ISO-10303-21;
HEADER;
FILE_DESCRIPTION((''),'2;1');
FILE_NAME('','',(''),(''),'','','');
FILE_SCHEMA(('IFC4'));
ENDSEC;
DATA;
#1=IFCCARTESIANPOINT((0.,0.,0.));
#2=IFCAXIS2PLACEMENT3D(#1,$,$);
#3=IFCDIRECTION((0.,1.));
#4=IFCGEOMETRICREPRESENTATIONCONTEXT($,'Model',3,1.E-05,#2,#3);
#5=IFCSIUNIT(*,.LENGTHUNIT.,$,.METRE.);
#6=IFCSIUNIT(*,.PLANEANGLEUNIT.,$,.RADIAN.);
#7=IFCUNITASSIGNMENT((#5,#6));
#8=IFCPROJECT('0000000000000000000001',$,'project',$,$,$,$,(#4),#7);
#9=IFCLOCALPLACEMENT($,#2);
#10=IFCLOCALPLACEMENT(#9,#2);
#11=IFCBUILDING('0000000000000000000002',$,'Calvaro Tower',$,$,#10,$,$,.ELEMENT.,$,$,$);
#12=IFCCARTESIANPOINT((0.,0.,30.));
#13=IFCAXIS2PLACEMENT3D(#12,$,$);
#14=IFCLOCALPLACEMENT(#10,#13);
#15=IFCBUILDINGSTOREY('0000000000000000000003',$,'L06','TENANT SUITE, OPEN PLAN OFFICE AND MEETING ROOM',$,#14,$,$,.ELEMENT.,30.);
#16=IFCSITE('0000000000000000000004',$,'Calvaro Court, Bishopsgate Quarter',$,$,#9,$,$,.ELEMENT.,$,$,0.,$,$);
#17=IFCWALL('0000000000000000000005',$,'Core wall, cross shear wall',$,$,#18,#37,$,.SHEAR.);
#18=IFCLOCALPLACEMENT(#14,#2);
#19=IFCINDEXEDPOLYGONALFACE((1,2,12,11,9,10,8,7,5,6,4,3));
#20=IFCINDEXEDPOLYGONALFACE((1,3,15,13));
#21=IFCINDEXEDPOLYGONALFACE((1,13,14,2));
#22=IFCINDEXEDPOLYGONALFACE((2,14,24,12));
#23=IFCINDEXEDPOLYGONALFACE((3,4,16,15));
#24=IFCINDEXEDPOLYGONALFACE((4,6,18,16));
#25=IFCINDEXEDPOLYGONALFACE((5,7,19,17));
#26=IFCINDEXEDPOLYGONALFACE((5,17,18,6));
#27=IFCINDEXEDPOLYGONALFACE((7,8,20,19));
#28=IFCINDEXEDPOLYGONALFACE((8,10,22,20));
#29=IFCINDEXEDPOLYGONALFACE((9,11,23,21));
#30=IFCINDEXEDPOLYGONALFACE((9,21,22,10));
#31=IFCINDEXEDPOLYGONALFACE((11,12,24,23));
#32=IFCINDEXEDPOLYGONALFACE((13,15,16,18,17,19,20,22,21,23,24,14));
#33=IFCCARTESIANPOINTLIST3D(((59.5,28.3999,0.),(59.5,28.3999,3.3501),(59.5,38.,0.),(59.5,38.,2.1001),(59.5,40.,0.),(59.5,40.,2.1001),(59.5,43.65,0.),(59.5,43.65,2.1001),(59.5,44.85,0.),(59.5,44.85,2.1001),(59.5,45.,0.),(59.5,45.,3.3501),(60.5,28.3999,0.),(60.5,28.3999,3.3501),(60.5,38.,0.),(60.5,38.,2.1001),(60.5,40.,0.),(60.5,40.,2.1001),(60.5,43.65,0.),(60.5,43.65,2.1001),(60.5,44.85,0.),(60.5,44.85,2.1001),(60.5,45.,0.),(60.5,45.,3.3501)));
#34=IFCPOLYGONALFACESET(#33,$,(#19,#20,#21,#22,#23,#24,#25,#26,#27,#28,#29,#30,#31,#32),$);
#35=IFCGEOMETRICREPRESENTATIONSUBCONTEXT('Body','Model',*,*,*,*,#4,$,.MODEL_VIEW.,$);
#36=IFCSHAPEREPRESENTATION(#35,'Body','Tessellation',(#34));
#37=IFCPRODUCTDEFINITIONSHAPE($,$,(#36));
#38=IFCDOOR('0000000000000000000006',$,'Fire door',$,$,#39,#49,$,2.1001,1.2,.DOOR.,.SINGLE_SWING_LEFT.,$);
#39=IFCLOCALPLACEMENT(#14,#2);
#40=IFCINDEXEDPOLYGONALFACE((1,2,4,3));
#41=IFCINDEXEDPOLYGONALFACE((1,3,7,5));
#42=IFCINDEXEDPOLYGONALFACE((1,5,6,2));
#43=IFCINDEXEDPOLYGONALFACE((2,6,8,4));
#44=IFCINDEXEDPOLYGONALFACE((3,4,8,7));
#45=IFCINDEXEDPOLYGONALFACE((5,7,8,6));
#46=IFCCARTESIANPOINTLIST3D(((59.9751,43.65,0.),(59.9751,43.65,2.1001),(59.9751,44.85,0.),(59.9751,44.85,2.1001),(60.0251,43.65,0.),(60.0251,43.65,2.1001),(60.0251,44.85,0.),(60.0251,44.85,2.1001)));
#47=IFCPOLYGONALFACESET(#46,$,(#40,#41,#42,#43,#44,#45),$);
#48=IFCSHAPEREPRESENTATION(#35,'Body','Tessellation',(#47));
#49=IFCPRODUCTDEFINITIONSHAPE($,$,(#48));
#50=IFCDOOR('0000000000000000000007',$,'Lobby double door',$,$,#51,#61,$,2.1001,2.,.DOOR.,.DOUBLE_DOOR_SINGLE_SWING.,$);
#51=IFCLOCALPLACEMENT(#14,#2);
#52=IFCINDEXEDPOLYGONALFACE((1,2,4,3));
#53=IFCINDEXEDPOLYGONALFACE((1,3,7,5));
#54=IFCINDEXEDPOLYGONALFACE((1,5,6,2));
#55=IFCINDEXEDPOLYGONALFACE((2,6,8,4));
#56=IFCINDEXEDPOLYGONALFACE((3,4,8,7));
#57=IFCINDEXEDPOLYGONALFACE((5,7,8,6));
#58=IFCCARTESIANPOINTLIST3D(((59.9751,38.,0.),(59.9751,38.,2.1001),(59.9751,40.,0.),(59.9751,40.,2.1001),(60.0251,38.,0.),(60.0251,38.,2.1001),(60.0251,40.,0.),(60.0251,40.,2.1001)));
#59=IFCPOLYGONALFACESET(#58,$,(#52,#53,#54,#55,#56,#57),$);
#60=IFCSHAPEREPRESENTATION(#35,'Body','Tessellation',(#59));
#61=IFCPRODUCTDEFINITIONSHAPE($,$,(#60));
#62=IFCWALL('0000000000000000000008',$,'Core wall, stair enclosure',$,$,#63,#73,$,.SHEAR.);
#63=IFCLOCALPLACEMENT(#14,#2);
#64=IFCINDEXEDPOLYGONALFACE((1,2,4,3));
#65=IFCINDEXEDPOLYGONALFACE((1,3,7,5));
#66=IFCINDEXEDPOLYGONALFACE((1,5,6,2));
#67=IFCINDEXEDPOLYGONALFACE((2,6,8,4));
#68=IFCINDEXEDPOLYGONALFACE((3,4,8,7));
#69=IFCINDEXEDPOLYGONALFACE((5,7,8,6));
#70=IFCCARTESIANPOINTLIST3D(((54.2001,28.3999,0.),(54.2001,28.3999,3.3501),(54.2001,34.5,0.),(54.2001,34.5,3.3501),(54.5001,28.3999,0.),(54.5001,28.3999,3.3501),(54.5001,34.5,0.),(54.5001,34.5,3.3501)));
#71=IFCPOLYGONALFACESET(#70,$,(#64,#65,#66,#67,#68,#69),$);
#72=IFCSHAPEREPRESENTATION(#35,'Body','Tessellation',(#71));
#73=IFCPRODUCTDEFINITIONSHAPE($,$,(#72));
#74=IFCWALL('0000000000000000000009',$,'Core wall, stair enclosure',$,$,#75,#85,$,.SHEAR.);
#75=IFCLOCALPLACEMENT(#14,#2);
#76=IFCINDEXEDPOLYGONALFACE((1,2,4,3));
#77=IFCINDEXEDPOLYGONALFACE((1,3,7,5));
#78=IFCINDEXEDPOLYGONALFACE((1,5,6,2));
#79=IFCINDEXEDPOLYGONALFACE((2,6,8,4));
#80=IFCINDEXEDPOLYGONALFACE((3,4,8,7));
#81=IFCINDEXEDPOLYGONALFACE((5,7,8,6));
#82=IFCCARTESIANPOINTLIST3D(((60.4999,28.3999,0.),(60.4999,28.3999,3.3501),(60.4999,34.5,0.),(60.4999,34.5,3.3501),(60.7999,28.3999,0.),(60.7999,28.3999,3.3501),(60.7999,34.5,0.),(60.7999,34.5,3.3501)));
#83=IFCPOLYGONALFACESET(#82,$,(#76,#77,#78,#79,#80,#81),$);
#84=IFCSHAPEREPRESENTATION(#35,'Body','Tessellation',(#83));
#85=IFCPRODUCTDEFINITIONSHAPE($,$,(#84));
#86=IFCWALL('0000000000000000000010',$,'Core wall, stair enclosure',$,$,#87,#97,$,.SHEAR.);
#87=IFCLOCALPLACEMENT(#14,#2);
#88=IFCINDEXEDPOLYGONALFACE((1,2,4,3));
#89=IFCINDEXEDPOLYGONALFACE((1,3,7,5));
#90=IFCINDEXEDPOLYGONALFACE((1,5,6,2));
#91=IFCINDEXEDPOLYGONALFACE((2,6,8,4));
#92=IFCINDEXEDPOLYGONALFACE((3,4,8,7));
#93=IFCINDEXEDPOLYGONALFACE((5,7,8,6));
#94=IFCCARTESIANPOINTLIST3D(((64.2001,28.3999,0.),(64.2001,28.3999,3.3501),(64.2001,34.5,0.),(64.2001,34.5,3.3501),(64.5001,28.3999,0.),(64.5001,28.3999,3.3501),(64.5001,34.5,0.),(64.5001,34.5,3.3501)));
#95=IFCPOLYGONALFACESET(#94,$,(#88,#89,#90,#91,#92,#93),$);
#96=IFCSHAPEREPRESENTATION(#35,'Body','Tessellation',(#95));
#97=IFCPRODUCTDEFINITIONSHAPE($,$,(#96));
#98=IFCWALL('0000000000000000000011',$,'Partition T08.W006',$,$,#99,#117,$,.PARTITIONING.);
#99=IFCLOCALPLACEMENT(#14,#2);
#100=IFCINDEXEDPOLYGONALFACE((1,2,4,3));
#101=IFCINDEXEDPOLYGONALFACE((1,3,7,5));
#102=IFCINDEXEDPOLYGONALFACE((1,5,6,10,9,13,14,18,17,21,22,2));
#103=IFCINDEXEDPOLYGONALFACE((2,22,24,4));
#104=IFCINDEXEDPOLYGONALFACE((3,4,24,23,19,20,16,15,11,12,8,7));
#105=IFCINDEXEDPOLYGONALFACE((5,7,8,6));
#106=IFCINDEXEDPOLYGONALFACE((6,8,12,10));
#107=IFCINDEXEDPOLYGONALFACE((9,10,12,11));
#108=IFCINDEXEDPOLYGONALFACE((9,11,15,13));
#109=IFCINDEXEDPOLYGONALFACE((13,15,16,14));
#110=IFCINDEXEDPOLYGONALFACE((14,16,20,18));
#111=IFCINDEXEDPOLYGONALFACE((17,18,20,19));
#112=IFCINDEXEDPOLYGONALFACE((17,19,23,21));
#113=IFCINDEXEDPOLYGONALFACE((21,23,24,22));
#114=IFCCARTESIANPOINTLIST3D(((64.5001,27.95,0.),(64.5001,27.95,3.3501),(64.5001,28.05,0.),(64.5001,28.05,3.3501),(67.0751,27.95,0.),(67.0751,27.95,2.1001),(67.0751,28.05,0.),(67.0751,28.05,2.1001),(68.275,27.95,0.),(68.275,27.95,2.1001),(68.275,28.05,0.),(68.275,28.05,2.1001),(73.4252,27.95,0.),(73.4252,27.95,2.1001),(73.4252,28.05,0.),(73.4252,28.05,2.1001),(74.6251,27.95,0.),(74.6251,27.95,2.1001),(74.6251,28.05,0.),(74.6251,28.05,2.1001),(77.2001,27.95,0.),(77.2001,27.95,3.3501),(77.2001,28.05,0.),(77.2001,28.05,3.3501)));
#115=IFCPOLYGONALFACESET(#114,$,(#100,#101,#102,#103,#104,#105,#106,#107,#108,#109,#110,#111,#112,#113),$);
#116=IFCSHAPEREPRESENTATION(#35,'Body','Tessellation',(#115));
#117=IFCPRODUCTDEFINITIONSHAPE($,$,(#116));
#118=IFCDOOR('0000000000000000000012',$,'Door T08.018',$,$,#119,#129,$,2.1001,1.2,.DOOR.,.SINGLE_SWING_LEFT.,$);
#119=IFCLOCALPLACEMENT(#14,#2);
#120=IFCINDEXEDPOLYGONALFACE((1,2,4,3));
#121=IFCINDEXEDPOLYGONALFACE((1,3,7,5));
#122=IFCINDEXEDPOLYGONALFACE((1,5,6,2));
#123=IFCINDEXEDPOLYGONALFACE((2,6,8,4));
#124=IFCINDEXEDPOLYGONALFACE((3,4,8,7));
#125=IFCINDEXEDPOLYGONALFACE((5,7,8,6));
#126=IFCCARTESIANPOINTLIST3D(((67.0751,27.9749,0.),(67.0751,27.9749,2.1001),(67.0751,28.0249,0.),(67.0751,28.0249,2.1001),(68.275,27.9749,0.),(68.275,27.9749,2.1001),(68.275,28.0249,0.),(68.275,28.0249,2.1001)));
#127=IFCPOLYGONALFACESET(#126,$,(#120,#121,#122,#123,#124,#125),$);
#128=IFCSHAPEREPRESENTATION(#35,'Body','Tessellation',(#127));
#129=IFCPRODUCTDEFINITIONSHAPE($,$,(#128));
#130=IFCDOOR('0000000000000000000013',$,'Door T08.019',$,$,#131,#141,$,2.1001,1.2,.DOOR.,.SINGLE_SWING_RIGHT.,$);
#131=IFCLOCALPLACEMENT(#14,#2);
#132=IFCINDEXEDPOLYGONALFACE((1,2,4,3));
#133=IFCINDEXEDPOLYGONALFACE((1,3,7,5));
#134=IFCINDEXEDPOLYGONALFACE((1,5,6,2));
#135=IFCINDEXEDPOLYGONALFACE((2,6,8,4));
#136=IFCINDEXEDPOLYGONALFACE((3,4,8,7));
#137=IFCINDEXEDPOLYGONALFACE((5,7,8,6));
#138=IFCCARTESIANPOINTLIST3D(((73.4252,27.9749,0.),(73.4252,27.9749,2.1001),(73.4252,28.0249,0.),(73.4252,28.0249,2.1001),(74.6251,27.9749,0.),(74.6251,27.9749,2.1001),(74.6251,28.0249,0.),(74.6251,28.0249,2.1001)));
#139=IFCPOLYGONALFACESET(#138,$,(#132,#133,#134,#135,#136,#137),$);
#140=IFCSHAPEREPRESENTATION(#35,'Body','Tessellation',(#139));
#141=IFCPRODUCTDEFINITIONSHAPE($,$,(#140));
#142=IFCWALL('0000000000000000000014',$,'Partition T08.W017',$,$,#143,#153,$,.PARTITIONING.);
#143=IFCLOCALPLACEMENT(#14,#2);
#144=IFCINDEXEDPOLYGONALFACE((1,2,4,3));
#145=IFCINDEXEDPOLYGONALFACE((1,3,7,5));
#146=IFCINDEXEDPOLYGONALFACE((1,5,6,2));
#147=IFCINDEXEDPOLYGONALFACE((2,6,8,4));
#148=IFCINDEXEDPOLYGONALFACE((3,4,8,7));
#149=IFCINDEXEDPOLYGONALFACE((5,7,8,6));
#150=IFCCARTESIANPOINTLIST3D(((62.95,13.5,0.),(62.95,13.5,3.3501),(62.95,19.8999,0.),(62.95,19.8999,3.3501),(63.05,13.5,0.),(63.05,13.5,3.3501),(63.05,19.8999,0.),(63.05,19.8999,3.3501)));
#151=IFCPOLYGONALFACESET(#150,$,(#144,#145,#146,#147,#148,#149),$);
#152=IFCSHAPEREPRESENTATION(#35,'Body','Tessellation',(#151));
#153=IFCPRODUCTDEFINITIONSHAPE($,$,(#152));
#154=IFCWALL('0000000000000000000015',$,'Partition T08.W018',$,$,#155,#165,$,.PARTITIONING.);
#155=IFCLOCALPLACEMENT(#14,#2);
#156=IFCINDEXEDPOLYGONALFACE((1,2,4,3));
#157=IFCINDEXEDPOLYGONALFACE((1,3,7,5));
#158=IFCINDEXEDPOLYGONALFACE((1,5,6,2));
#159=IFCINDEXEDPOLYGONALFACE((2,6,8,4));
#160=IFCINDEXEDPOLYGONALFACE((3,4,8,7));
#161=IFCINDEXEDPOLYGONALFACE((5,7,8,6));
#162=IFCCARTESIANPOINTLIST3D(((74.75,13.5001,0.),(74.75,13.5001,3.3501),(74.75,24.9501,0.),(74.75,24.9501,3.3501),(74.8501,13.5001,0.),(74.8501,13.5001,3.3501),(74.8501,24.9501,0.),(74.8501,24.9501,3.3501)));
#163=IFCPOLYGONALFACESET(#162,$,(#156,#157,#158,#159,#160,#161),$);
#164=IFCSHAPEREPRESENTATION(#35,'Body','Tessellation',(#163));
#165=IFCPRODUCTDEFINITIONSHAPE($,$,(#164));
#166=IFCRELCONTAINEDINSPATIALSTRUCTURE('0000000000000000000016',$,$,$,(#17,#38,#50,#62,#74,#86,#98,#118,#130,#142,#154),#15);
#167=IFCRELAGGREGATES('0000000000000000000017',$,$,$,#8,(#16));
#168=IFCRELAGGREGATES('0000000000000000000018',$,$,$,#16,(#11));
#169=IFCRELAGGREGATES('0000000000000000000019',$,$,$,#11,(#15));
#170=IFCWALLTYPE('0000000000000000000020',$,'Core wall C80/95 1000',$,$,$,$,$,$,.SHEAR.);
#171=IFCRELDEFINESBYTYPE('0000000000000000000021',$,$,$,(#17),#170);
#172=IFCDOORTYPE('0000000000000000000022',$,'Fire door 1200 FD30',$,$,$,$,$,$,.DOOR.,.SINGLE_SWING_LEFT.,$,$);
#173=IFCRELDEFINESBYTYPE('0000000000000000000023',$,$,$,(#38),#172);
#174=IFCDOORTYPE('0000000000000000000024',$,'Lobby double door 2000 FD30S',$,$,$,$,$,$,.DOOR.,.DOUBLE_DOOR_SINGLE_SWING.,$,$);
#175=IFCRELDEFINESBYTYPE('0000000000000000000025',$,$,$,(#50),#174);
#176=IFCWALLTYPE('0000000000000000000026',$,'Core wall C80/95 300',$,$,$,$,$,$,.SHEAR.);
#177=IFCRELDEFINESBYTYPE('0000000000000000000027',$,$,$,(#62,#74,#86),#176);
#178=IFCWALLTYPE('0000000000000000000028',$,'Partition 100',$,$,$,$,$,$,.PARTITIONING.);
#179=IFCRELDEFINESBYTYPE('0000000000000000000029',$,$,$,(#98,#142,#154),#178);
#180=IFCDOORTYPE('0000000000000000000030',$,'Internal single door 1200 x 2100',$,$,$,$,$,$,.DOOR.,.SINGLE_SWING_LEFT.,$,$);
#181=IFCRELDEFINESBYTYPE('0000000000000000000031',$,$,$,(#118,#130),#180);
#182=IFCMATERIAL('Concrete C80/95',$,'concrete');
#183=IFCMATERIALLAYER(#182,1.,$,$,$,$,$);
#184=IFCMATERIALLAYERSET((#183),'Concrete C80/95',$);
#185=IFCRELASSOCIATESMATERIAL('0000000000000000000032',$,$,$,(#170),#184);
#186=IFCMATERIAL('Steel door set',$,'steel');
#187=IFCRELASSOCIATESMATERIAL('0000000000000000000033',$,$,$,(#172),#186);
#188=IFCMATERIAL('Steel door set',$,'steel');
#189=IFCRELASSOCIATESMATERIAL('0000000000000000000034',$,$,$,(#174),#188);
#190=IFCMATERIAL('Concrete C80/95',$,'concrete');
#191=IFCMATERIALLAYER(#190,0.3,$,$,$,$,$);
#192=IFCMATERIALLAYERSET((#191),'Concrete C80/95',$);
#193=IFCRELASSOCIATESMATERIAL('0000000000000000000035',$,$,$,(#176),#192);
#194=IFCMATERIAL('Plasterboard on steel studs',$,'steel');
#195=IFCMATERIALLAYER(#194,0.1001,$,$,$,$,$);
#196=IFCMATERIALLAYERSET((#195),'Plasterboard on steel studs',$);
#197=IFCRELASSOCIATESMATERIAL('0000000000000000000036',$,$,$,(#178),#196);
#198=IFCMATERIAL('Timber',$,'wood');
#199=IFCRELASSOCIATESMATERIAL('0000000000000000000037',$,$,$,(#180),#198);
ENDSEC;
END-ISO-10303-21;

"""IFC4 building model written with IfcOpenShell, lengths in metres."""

from ifc_helpers import new_model, si_unit, direction, frame, frame_2d, origin, place, context, subcontext, project, spatial, rectangle, extrude, material, layer, layer_set, type_object, element, fill, save


model = new_model("IFC4")

# Units and contexts
model_context = context("Model", 3, precision=1e-05, world=origin(), true_north=direction((0.0, 1.0)))
body_context = subcontext(model_context, "Body", "Model", "MODEL_VIEW")
ifc_project = project(units=[si_unit("LENGTHUNIT", "METRE"), si_unit("PLANEANGLEUNIT", "RADIAN")], contexts=[model_context])

# Site, building, storey
site_placement = place(None, origin())
site = spatial("IfcSite", under=ifc_project, at=site_placement, Name="Calvaro Court, Bishopsgate Quarter", CompositionType="ELEMENT", RefElevation=0.0)
building_placement = place(site_placement, origin())
building = spatial("IfcBuilding", under=site, at=building_placement, Name="Calvaro Tower", CompositionType="ELEMENT")
storey_placement = place(building_placement, frame((0.0, 0.0, 30.0)))
storey = spatial("IfcBuildingStorey", under=building, at=storey_placement, Name="L06", Description="TENANT SUITE, OPEN PLAN OFFICE AND MEETING ROOM", CompositionType="ELEMENT", Elevation=30.0)

# Wall, openings, doors
ifc_material_1 = material(Name="Concrete C80/95", Category="concrete")
ifc_layer_1 = layer(ifc_material_1, 1.0)
ifc_layer_set_1 = layer_set([ifc_layer_1], Name="Concrete C80/95")
wall_type_1 = type_object("IfcWallType", Name="Core wall C80/95 1000", PredefinedType="SHEAR", material=ifc_layer_set_1)
wall_1_placement = place(storey_placement, frame((60.0, 28.3999, 0.0), z_axis=(0.0, 0.0, 1.0), x_axis=(0.0, 1.0, 0.0)))
wall_1 = element("IfcWall", 1, at=wall_1_placement, inside=storey, type_object=wall_type_1, Name="Core wall, cross shear wall", PredefinedType="SHEAR", context=body_context, shape_type="SweptSolid", body=[
    extrude(rectangle(XDim=16.6001, YDim=1.0, at=frame_2d((8.3, 0.0))), origin(), (0.0, 0.0, 1.0), 3.3501),
])
opening_1_placement = place(wall_1_placement, frame((9.6001, 0.0, 0.0)))
opening_1 = element("IfcOpeningElement", 2, at=opening_1_placement, cuts=wall_1, PredefinedType="OPENING", context=body_context, shape_type="SweptSolid", body=[
    extrude(rectangle(XDim=2.0, YDim=2.1001, at=frame_2d((1.0, 1.05))), frame((0.0, 0.51, 0.0), z_axis=(0.0, -1.0, 0.0), x_axis=(1.0, 0.0, 0.0)), (0.0, 0.0, 1.0), 1.02),
])
opening_2_placement = place(wall_1_placement, frame((15.25, 0.0, 0.0)))
opening_2 = element("IfcOpeningElement", 3, at=opening_2_placement, cuts=wall_1, PredefinedType="OPENING", context=body_context, shape_type="SweptSolid", body=[
    extrude(rectangle(XDim=1.2, YDim=2.1001, at=frame_2d((0.6001, 1.05))), frame((0.0, 0.51, 0.0), z_axis=(0.0, -1.0, 0.0), x_axis=(1.0, 0.0, 0.0)), (0.0, 0.0, 1.0), 1.02),
])
ifc_material_2 = material(Name="Steel door set", Category="steel")
door_type_1 = type_object("IfcDoorType", Name="Fire door 1200 FD30", OperationType="SINGLE_SWING_LEFT", PredefinedType="DOOR", material=ifc_material_2)
door_1_placement = place(opening_2_placement, origin())
door_1 = element("IfcDoor", 4, at=door_1_placement, inside=storey, type_object=door_type_1, Name="Fire door", OperationType="SINGLE_SWING_LEFT", OverallHeight=2.1001, OverallWidth=1.2, PredefinedType="DOOR", context=body_context, shape_type="SweptSolid", body=[
    extrude(rectangle(XDim=1.2, YDim=2.1001, at=frame_2d((0.6001, 1.05))), frame((0.0, 0.0249, 0.0), z_axis=(0.0, -1.0, 0.0), x_axis=(1.0, 0.0, 0.0)), (0.0, 0.0, 1.0), 0.05),
])
fill(opening_2, door_1)
ifc_material_3 = material(Name="Steel door set", Category="steel")
door_type_2 = type_object("IfcDoorType", Name="Lobby double door 2000 FD30S", OperationType="DOUBLE_DOOR_SINGLE_SWING", PredefinedType="DOOR", material=ifc_material_3)
door_2_placement = place(opening_1_placement, origin())
door_2 = element("IfcDoor", 5, at=door_2_placement, inside=storey, type_object=door_type_2, Name="Lobby double door", OperationType="DOUBLE_DOOR_SINGLE_SWING", OverallHeight=2.1001, OverallWidth=2.0, PredefinedType="DOOR", context=body_context, shape_type="SweptSolid", body=[
    extrude(rectangle(XDim=2.0, YDim=2.1001, at=frame_2d((1.0, 1.05))), frame((0.0, 0.0249, 0.0), z_axis=(0.0, -1.0, 0.0), x_axis=(1.0, 0.0, 0.0)), (0.0, 0.0, 1.0), 0.05),
])
fill(opening_1, door_2)

# Walls
ifc_material_4 = material(Name="Concrete C80/95", Category="concrete")
ifc_layer_2 = layer(ifc_material_4, 0.3)
ifc_layer_set_2 = layer_set([ifc_layer_2], Name="Concrete C80/95")
wall_type_2 = type_object("IfcWallType", Name="Core wall C80/95 300", PredefinedType="SHEAR", material=ifc_layer_set_2)
for number, where, z_axis, x_axis, name in (
    (6, (54.3501, 28.3999, 0.0), (0.0, 0.0, 1.0), (0.0, 1.0, 0.0), "Core wall, stair enclosure"),
    (7, (60.6499, 28.3999, 0.0), (0.0, 0.0, 1.0), (0.0, 1.0, 0.0), "Core wall, stair enclosure"),
    (8, (64.3501, 28.3999, 0.0), (0.0, 0.0, 1.0), (0.0, 1.0, 0.0), "Core wall, stair enclosure"),
):
    element("IfcWall", number, at=place(storey_placement, frame(where, z_axis=z_axis, x_axis=x_axis)), inside=storey, type_object=wall_type_2, Name=name, PredefinedType="SHEAR", context=body_context, shape_type="SweptSolid", body=[
        extrude(rectangle(XDim=6.1001, YDim=0.3, at=frame_2d((3.05, 0.0))), origin(), (0.0, 0.0, 1.0), 3.3501),
    ])

# Wall, openings, doors
ifc_material_5 = material(Name="Plasterboard on steel studs", Category="steel")
ifc_layer_3 = layer(ifc_material_5, 0.1001)
ifc_layer_set_3 = layer_set([ifc_layer_3], Name="Plasterboard on steel studs")
wall_type_3 = type_object("IfcWallType", Name="Partition 100", PredefinedType="PARTITIONING", material=ifc_layer_set_3)
wall_2_placement = place(storey_placement, frame((64.5, 28.0, 0.0), z_axis=(0.0, 0.0, 1.0), x_axis=(1.0, 0.0, 0.0)))
wall_2 = element("IfcWall", 9, at=wall_2_placement, inside=storey, type_object=wall_type_3, Name="Partition T08.W006", PredefinedType="PARTITIONING", context=body_context, shape_type="SweptSolid", body=[
    extrude(rectangle(XDim=12.7, YDim=0.1001, at=frame_2d((6.3501, 0.0))), origin(), (0.0, 0.0, 1.0), 3.3501),
])
opening_3_placement = place(wall_2_placement, frame((2.575, 0.0, 0.0)))
opening_3 = element("IfcOpeningElement", 10, at=opening_3_placement, cuts=wall_2, PredefinedType="OPENING", context=body_context, shape_type="SweptSolid", body=[
    extrude(rectangle(XDim=1.2, YDim=2.1001, at=frame_2d((0.6001, 1.05))), frame((0.0, 0.0601, 0.0), z_axis=(0.0, -1.0, 0.0), x_axis=(1.0, 0.0, 0.0)), (0.0, 0.0, 1.0), 0.1201),
])
opening_4_placement = place(wall_2_placement, frame((8.925, 0.0, 0.0)))
opening_4 = element("IfcOpeningElement", 11, at=opening_4_placement, cuts=wall_2, PredefinedType="OPENING", context=body_context, shape_type="SweptSolid", body=[
    extrude(rectangle(XDim=1.2, YDim=2.1001, at=frame_2d((0.6001, 1.05))), frame((0.0, 0.0601, 0.0), z_axis=(0.0, -1.0, 0.0), x_axis=(1.0, 0.0, 0.0)), (0.0, 0.0, 1.0), 0.1201),
])
ifc_material_6 = material(Name="Timber", Category="wood")
door_type_3 = type_object("IfcDoorType", Name="Internal single door 1200 x 2100", OperationType="SINGLE_SWING_LEFT", PredefinedType="DOOR", material=ifc_material_6)
door_3_placement = place(opening_3_placement, origin())
door_3 = element("IfcDoor", 12, at=door_3_placement, inside=storey, type_object=door_type_3, Name="Door T08.018", OperationType="SINGLE_SWING_LEFT", OverallHeight=2.1001, OverallWidth=1.2, PredefinedType="DOOR", context=body_context, shape_type="SweptSolid", body=[
    extrude(rectangle(XDim=1.2, YDim=2.1001, at=frame_2d((0.6001, 1.05))), frame((0.0, 0.0249, 0.0), z_axis=(0.0, -1.0, 0.0), x_axis=(1.0, 0.0, 0.0)), (0.0, 0.0, 1.0), 0.05),
])
fill(opening_3, door_3)
door_4_placement = place(opening_4_placement, origin())
door_4 = element("IfcDoor", 13, at=door_4_placement, inside=storey, type_object=door_type_3, Name="Door T08.019", OperationType="SINGLE_SWING_RIGHT", OverallHeight=2.1001, OverallWidth=1.2, PredefinedType="DOOR", context=body_context, shape_type="SweptSolid", body=[
    extrude(rectangle(XDim=1.2, YDim=2.1001, at=frame_2d((0.6001, 1.05))), frame((0.0, 0.0249, 0.0), z_axis=(0.0, -1.0, 0.0), x_axis=(1.0, 0.0, 0.0)), (0.0, 0.0, 1.0), 0.05),
])
fill(opening_4, door_4)

# Walls
wall_3_placement = place(storey_placement, frame((63.0, 13.5, 0.0), z_axis=(0.0, 0.0, 1.0), x_axis=(0.0, 1.0, 0.0)))
element("IfcWall", 14, at=wall_3_placement, inside=storey, type_object=wall_type_3, Name="Partition T08.W017", PredefinedType="PARTITIONING", context=body_context, shape_type="SweptSolid", body=[
    extrude(rectangle(XDim=6.3999, YDim=0.1001, at=frame_2d((3.2, 0.0))), origin(), (0.0, 0.0, 1.0), 3.3501),
])
wall_4_placement = place(storey_placement, frame((74.8, 13.5, 0.0), z_axis=(0.0, 0.0, 1.0), x_axis=(0.0, 1.0, 0.0)))
element("IfcWall", 15, at=wall_4_placement, inside=storey, type_object=wall_type_3, Name="Partition T08.W018", PredefinedType="PARTITIONING", context=body_context, shape_type="SweptSolid", body=[
    extrude(rectangle(XDim=11.45, YDim=0.1001, at=frame_2d((5.7251, 0.0))), origin(), (0.0, 0.0, 1.0), 3.3501),
])

save(model, "model.ifc")
